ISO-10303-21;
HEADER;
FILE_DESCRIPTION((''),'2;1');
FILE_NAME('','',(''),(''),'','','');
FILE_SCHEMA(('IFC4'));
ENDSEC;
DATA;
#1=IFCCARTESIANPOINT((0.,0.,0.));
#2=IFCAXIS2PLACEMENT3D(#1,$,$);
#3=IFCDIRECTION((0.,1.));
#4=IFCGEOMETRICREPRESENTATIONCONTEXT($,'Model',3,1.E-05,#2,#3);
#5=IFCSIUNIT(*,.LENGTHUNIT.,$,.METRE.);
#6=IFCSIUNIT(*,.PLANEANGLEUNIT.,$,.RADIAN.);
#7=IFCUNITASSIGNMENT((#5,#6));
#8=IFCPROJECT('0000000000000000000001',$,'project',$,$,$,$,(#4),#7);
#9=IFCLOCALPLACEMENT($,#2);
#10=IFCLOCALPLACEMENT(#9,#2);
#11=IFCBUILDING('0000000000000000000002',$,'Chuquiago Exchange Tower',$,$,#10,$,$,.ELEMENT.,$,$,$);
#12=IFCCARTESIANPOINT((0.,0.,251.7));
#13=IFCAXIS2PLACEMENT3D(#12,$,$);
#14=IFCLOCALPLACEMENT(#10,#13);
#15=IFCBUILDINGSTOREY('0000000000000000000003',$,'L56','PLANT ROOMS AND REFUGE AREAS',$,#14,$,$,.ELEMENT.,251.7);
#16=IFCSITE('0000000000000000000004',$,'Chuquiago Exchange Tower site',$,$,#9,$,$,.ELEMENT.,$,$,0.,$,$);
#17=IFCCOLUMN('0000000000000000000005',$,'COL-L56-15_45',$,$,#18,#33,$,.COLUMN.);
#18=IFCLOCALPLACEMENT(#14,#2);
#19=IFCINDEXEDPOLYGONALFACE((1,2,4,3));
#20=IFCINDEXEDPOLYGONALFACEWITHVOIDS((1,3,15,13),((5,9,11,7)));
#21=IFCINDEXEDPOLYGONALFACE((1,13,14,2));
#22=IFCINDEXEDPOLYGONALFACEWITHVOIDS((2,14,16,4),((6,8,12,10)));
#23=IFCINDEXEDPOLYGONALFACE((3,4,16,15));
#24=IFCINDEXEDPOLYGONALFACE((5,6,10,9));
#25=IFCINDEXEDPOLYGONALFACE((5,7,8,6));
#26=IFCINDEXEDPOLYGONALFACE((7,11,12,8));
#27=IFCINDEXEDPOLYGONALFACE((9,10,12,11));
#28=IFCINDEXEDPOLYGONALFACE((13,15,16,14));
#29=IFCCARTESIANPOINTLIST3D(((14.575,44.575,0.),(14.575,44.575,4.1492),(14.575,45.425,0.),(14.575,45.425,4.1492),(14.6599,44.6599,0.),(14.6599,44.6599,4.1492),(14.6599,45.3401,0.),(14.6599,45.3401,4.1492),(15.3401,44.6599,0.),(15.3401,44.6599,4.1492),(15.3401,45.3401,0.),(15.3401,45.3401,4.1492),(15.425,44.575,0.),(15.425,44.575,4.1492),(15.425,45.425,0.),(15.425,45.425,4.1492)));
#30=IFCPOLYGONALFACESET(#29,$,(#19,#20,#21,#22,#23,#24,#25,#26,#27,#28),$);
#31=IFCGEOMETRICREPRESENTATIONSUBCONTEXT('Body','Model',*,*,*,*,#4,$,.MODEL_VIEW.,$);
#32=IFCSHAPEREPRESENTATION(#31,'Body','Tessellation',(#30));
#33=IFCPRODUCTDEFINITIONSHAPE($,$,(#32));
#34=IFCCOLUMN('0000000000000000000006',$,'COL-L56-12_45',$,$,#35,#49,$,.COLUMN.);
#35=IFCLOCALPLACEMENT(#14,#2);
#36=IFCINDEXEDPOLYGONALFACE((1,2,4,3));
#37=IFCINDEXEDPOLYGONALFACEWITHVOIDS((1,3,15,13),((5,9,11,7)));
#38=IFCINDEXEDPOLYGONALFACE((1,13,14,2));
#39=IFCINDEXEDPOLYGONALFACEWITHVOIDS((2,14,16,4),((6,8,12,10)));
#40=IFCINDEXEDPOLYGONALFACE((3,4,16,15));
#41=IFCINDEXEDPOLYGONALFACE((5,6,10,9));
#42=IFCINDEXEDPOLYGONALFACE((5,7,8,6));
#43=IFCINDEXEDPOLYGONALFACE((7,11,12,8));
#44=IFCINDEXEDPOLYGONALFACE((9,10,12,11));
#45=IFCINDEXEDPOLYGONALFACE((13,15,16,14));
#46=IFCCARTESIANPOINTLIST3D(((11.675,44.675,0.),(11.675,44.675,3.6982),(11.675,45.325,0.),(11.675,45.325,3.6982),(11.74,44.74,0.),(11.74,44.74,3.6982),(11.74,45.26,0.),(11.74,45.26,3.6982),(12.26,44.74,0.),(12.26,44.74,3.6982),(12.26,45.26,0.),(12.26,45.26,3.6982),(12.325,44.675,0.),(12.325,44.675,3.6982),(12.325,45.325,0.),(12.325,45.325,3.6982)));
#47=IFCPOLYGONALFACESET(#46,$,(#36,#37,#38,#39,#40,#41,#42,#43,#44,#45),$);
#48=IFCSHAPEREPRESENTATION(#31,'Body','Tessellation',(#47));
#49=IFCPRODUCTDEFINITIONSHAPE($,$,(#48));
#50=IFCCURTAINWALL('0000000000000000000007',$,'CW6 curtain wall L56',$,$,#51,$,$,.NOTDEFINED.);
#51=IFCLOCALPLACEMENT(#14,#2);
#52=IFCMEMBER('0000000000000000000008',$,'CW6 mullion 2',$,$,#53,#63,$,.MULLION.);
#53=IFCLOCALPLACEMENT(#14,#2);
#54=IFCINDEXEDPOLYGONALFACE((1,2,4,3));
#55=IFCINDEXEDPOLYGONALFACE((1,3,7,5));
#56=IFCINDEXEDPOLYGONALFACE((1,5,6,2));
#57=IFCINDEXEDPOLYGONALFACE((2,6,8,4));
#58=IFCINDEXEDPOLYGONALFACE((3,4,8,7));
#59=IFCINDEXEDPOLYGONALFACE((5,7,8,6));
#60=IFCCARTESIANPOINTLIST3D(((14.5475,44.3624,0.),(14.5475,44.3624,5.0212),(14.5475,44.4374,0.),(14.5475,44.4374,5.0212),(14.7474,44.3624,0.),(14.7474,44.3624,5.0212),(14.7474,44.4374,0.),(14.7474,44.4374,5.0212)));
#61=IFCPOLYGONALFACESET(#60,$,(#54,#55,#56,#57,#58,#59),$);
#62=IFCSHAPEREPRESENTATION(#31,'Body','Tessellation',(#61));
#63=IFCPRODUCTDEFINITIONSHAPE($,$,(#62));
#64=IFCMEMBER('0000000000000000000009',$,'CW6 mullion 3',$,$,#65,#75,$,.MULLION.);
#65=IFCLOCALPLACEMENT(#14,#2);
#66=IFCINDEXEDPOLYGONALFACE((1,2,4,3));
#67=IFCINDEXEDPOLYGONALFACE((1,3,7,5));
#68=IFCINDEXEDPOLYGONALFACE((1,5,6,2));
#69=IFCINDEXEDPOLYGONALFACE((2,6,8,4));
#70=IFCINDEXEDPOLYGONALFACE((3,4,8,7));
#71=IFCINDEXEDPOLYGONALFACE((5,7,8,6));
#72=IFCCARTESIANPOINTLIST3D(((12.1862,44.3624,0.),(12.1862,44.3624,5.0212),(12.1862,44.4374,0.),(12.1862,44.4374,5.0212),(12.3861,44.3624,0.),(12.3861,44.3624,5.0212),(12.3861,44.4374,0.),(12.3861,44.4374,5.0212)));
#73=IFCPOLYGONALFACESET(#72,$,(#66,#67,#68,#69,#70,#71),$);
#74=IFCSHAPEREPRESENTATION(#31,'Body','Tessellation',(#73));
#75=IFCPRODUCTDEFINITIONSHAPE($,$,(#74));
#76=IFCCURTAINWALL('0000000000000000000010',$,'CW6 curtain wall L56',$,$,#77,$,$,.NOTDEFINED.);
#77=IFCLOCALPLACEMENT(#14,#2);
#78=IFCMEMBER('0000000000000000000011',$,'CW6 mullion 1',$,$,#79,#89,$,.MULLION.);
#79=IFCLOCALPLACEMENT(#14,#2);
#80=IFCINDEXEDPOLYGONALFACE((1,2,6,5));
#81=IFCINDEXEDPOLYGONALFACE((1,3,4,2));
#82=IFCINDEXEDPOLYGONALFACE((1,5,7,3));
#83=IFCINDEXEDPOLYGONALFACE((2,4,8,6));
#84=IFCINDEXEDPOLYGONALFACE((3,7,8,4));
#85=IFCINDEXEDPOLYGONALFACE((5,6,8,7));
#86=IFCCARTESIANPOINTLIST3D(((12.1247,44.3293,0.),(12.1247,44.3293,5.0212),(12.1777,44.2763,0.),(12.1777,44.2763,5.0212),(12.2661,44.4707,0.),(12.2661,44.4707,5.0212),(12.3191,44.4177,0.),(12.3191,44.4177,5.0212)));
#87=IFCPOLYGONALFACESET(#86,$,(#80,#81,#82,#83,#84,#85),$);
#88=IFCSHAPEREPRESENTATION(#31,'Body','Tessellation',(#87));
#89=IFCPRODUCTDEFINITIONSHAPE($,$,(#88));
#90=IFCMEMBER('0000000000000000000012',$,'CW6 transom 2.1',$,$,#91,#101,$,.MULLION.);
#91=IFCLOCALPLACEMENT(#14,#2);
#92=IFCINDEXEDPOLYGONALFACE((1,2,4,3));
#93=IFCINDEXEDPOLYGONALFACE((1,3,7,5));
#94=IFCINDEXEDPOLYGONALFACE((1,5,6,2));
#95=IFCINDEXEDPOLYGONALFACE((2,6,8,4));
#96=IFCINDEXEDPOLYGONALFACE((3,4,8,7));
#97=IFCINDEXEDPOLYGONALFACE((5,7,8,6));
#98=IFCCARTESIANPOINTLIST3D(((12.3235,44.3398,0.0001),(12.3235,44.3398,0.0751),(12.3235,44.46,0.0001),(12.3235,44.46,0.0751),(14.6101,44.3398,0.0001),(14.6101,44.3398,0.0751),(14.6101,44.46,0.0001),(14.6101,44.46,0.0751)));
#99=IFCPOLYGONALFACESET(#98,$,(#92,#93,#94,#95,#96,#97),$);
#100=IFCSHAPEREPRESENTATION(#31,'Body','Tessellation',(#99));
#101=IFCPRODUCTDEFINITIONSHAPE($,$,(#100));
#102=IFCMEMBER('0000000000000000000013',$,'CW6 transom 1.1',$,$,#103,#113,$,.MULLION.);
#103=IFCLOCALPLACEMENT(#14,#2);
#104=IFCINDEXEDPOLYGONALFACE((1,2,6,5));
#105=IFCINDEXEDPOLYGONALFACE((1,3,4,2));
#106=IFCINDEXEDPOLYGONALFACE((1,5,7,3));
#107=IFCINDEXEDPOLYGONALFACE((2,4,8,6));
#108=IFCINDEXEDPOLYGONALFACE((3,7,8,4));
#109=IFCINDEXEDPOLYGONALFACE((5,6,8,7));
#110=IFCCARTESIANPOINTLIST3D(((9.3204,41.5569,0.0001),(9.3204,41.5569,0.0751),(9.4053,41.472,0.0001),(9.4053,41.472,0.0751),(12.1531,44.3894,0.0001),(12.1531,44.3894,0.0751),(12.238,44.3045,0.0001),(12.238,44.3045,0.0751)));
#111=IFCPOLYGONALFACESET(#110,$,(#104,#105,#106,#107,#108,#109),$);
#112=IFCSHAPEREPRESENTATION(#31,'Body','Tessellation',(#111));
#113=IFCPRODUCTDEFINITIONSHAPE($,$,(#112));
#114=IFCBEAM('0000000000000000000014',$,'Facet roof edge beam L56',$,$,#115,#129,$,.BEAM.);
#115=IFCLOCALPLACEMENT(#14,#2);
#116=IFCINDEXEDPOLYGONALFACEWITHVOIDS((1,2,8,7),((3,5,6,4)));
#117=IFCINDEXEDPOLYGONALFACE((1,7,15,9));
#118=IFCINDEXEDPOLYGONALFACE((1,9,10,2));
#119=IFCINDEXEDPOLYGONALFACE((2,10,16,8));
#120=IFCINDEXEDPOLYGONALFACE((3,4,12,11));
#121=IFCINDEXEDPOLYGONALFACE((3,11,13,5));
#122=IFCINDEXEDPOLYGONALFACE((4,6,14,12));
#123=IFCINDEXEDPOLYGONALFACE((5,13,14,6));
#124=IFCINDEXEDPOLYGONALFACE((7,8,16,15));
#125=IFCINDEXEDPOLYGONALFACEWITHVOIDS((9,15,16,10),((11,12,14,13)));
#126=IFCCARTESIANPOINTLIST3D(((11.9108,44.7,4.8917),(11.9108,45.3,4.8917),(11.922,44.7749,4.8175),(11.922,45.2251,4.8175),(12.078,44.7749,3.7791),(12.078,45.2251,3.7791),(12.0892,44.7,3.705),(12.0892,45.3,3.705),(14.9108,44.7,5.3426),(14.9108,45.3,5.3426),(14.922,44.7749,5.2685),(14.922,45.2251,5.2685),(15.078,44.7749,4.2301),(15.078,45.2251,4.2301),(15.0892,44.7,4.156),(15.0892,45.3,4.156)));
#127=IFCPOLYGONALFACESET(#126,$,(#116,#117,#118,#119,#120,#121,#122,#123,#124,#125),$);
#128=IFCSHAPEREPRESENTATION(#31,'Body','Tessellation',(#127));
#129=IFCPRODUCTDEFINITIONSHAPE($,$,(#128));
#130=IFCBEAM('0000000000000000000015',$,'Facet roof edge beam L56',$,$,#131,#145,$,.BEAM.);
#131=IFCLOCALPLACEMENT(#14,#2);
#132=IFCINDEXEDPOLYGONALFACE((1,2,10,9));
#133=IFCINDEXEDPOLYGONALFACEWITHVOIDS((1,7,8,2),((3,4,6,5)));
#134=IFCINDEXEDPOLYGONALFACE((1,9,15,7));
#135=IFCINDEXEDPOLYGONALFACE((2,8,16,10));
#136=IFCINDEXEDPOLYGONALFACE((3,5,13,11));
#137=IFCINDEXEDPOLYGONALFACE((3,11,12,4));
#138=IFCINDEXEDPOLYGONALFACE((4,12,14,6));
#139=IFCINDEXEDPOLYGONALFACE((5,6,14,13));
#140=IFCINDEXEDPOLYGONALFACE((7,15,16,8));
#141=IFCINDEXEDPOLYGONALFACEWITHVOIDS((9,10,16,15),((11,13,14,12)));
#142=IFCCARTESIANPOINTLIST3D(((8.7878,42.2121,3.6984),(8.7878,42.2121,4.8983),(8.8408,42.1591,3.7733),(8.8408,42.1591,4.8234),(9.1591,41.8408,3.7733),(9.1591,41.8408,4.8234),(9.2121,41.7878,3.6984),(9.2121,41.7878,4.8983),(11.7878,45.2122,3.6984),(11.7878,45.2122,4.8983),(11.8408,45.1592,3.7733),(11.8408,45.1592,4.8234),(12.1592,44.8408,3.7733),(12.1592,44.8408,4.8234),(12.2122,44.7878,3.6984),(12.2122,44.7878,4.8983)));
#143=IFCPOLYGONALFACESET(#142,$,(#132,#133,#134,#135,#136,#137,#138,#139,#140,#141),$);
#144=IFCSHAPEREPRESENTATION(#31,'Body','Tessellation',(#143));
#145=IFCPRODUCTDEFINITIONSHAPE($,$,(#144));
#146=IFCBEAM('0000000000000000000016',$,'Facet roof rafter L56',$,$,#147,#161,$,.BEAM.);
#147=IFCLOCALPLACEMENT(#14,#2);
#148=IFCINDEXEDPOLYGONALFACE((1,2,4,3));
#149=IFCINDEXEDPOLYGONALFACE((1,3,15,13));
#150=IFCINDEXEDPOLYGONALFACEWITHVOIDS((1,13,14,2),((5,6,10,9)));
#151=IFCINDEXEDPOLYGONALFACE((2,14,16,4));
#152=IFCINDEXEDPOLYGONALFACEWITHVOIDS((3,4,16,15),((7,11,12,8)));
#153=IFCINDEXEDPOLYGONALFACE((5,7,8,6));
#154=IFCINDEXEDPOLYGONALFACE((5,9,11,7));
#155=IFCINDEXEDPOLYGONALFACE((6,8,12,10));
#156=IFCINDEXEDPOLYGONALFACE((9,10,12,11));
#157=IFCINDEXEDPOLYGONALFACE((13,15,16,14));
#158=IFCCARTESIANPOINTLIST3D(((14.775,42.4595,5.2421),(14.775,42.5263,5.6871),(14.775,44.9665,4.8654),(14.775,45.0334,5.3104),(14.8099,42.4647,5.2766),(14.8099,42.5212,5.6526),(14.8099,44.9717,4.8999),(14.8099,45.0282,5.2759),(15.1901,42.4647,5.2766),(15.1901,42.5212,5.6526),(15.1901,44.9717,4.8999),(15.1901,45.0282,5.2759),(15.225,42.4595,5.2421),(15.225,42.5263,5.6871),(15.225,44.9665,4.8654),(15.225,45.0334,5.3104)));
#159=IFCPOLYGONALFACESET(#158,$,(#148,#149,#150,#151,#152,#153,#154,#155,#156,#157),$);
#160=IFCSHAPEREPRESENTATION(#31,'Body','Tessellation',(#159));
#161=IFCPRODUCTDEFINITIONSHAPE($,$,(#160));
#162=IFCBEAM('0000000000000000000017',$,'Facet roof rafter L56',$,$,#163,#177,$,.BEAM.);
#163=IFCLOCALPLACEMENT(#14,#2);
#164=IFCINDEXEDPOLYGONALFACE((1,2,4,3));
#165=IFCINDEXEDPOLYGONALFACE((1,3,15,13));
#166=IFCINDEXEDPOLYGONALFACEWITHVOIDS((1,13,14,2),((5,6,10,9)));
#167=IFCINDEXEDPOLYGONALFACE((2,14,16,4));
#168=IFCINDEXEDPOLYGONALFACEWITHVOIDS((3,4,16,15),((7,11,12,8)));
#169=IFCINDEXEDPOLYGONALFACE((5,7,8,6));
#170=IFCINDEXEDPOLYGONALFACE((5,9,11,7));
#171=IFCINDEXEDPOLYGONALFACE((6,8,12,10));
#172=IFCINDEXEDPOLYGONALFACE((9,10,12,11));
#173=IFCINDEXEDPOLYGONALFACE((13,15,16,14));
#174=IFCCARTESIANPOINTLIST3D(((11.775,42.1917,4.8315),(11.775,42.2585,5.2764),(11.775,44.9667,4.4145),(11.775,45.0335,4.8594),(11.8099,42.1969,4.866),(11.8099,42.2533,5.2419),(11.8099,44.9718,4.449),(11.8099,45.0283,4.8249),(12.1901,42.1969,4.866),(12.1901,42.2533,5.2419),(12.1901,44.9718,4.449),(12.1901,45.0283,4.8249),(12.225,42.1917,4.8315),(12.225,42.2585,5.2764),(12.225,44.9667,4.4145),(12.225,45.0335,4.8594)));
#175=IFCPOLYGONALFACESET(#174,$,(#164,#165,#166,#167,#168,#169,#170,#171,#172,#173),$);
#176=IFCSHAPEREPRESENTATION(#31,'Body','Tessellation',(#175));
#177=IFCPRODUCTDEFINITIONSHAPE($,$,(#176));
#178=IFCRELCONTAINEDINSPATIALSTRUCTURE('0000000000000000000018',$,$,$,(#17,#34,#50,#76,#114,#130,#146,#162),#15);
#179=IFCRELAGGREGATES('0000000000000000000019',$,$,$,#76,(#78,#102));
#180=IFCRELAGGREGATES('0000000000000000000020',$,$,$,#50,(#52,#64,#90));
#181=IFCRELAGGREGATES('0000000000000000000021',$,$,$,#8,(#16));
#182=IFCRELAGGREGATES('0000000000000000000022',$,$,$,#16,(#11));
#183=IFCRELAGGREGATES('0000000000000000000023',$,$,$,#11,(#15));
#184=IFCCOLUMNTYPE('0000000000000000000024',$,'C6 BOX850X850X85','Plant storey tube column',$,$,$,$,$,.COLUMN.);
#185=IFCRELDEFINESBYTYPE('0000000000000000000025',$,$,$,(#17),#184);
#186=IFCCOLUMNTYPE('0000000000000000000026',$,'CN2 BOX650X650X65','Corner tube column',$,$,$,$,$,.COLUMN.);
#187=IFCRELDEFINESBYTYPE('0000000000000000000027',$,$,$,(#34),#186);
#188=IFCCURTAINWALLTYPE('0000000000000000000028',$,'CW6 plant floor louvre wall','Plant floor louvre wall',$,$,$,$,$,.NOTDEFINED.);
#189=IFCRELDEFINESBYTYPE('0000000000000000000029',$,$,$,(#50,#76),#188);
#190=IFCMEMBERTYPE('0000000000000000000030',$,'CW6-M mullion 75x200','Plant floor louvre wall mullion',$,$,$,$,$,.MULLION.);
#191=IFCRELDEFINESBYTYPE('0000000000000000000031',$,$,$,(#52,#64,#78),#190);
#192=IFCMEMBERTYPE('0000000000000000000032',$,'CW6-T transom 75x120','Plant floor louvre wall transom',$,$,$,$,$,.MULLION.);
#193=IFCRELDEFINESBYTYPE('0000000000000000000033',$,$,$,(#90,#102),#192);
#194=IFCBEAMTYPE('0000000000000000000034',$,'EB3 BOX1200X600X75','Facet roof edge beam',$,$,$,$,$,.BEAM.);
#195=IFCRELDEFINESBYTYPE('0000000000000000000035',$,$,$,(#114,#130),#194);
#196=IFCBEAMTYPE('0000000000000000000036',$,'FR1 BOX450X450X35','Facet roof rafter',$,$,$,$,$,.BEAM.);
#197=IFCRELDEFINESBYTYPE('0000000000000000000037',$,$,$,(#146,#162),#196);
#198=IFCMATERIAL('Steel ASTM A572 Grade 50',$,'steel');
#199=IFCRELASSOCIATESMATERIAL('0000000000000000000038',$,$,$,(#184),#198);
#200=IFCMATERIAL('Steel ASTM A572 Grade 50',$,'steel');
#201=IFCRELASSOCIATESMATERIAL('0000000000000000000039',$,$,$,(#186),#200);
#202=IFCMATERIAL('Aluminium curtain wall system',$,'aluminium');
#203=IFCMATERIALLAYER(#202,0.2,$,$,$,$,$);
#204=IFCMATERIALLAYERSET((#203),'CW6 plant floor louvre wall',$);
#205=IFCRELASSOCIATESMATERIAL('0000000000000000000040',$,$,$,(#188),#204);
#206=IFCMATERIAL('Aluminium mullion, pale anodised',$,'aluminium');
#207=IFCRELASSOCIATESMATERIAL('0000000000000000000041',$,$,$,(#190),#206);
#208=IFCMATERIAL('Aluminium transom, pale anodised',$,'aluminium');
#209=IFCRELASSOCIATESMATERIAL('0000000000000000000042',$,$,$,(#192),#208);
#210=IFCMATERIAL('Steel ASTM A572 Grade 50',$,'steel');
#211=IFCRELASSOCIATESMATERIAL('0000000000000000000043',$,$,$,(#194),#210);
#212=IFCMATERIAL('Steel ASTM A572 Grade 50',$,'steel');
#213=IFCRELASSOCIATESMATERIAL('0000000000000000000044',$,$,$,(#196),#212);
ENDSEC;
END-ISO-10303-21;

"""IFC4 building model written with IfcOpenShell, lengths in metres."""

from ifc_helpers import new_model, si_unit, direction, frame, origin, origin_2d, place, context, subcontext, project, spatial, rectangle, hollow_rectangle, extrude, material, layer, layer_set, material_profile, profile_set, type_object, element, aggregate, save


model = new_model("IFC4")

# Units and contexts
model_context = context("Model", 3, precision=1e-05, world=origin(), true_north=direction((0.0, 1.0)))
body_context = subcontext(model_context, "Body", "Model", "MODEL_VIEW")
ifc_project = project(units=[si_unit("LENGTHUNIT", "METRE"), si_unit("PLANEANGLEUNIT", "RADIAN")], contexts=[model_context])

# Site, building, storey
site_placement = place(None, origin())
site = spatial("IfcSite", under=ifc_project, at=site_placement, Name="Chuquiago Exchange Tower site", CompositionType="ELEMENT", RefElevation=0.0)
building_placement = place(site_placement, origin())
building = spatial("IfcBuilding", under=site, at=building_placement, Name="Chuquiago Exchange Tower", CompositionType="ELEMENT")
storey_placement = place(building_placement, frame((0.0, 0.0, 251.7)))
storey = spatial("IfcBuildingStorey", under=building, at=storey_placement, Name="L56", Description="PLANT ROOMS AND REFUGE AREAS", CompositionType="ELEMENT", Elevation=251.7)

# Columns
ifc_material_1 = material(Name="Steel ASTM A572 Grade 50", Category="steel")
ifc_material_profile_1 = material_profile(ifc_material_1, hollow_rectangle(XDim=0.8501, YDim=0.8501, WallThickness=0.085, at=origin_2d()), Name="BOX850X850X85")
ifc_profile_set_1 = profile_set([ifc_material_profile_1], Name="Steel ASTM A572 Grade 50")
column_type_1 = type_object("IfcColumnType", Name="C6 BOX850X850X85", Description="Plant storey tube column", PredefinedType="COLUMN", material=ifc_profile_set_1)
column_1_placement = place(storey_placement, frame((15.0, 45.0, 0.0), z_axis=(0.0, 0.0, 1.0), x_axis=(0.0, 1.0, 0.0)))
element("IfcColumn", 1, at=column_1_placement, inside=storey, type_object=column_type_1, Name="COL-L56-15_45", PredefinedType="COLUMN", context=body_context, shape_type="SweptSolid", body=[
    extrude(hollow_rectangle(XDim=0.8501, YDim=0.8501, WallThickness=0.085, at=origin_2d()), origin(), (0.0, 0.0, 1.0), 4.1492),
])
ifc_material_2 = material(Name="Steel ASTM A572 Grade 50", Category="steel")
ifc_material_profile_2 = material_profile(ifc_material_2, hollow_rectangle(XDim=0.6499, YDim=0.6499, WallThickness=0.0649, at=origin_2d()), Name="BOX650X650X65")
ifc_profile_set_2 = profile_set([ifc_material_profile_2], Name="Steel ASTM A572 Grade 50")
column_type_2 = type_object("IfcColumnType", Name="CN2 BOX650X650X65", Description="Corner tube column", PredefinedType="COLUMN", material=ifc_profile_set_2)
column_2_placement = place(storey_placement, frame((12.0, 45.0, 0.0), z_axis=(0.0, 0.0, 1.0), x_axis=(0.0, 1.0, 0.0)))
element("IfcColumn", 2, at=column_2_placement, inside=storey, type_object=column_type_2, Name="COL-L56-12_45", PredefinedType="COLUMN", context=body_context, shape_type="SweptSolid", body=[
    extrude(hollow_rectangle(XDim=0.6499, YDim=0.6499, WallThickness=0.0649, at=origin_2d()), origin(), (0.0, 0.0, 1.0), 3.6982),
])

# Curtain wall, members
ifc_material_3 = material(Name="Aluminium curtain wall system", Category="aluminium")
ifc_layer_1 = layer(ifc_material_3, 0.2)
ifc_layer_set_1 = layer_set([ifc_layer_1], Name="CW6 plant floor louvre wall")
curtain_wall_type = type_object("IfcCurtainWallType", Name="CW6 plant floor louvre wall", Description="Plant floor louvre wall", PredefinedType="NOTDEFINED", material=ifc_layer_set_1)
curtain_wall_1_placement = place(storey_placement, origin())
curtain_wall_1 = element("IfcCurtainWall", 3, at=curtain_wall_1_placement, inside=storey, type_object=curtain_wall_type, Name="CW6 curtain wall L56", PredefinedType="NOTDEFINED")
ifc_material_4 = material(Name="Aluminium mullion, pale anodised", Category="aluminium")
ifc_material_profile_3 = material_profile(ifc_material_4, rectangle(XDim=0.075, YDim=0.2, at=origin_2d()), Name="AL 75x200")
ifc_profile_set_3 = profile_set([ifc_material_profile_3], Name="Aluminium mullion, pale anodised")
member_type_1 = type_object("IfcMemberType", Name="CW6-M mullion 75x200", Description="Plant floor louvre wall mullion", PredefinedType="MULLION", material=ifc_profile_set_3)
member_1_placement = place(storey_placement, frame((14.6475, 44.3999, 0.0), z_axis=(0.0, 0.0, 1.0), x_axis=(0.0, -1.0, 0.0)))
member_1 = element("IfcMember", 4, at=member_1_placement, type_object=member_type_1, Name="CW6 mullion 2", PredefinedType="MULLION", context=body_context, shape_type="SweptSolid", body=[
    extrude(rectangle(XDim=0.075, YDim=0.2, at=origin_2d()), origin(), (0.0, 0.0, 1.0), 5.0212),
])
member_2_placement = place(storey_placement, frame((12.2861, 44.3999, 0.0), z_axis=(0.0, 0.0, 1.0), x_axis=(0.0, -1.0, 0.0)))
member_2 = element("IfcMember", 5, at=member_2_placement, type_object=member_type_1, Name="CW6 mullion 3", PredefinedType="MULLION", context=body_context, shape_type="SweptSolid", body=[
    extrude(rectangle(XDim=0.075, YDim=0.2, at=origin_2d()), origin(), (0.0, 0.0, 1.0), 5.0212),
])

# Curtain wall, member
curtain_wall_2_placement = place(storey_placement, origin())
curtain_wall_2 = element("IfcCurtainWall", 6, at=curtain_wall_2_placement, inside=storey, type_object=curtain_wall_type, Name="CW6 curtain wall L56", PredefinedType="NOTDEFINED")
member_3_placement = place(storey_placement, frame((12.2219, 44.3735, 0.0), z_axis=(0.0, 0.0, 1.0), x_axis=(0.707107, -0.707107, 0.0)))
member_3 = element("IfcMember", 7, at=member_3_placement, type_object=member_type_1, Name="CW6 mullion 1", PredefinedType="MULLION", context=body_context, shape_type="SweptSolid", body=[
    extrude(rectangle(XDim=0.075, YDim=0.2, at=origin_2d()), origin(), (0.0, 0.0, 1.0), 5.0212),
])

# Members
ifc_material_5 = material(Name="Aluminium transom, pale anodised", Category="aluminium")
ifc_material_profile_4 = material_profile(ifc_material_5, rectangle(XDim=0.1201, YDim=0.075, at=origin_2d()), Name="AL 120x75")
ifc_profile_set_4 = profile_set([ifc_material_profile_4], Name="Aluminium transom, pale anodised")
member_type_2 = type_object("IfcMemberType", Name="CW6-T transom 75x120", Description="Plant floor louvre wall transom", PredefinedType="MULLION", material=ifc_profile_set_4)
member_4_placement = place(storey_placement, frame((14.6101, 44.3999, 0.0376), z_axis=(-1.0, 0.0, 0.0), x_axis=(0.0, -1.0, 0.0)))
member_4 = element("IfcMember", 8, at=member_4_placement, type_object=member_type_2, Name="CW6 transom 2.1", PredefinedType="MULLION", context=body_context, shape_type="SweptSolid", body=[
    extrude(rectangle(XDim=0.1201, YDim=0.075, at=origin_2d()), origin(), (0.0, 0.0, 1.0), 2.2866),
])
member_5_placement = place(storey_placement, frame((12.1956, 44.3469, 0.0376), z_axis=(-0.707137, -0.707076, 0.0), x_axis=(0.707076, -0.707137, 0.0)))
member_5 = element("IfcMember", 9, at=member_5_placement, type_object=member_type_2, Name="CW6 transom 1.1", PredefinedType="MULLION", context=body_context, shape_type="SweptSolid", body=[
    extrude(rectangle(XDim=0.1201, YDim=0.075, at=origin_2d()), origin(), (0.0, 0.0, 1.0), 4.0059),
])
aggregate(curtain_wall_2, [member_3, member_5])

# Beams
ifc_material_6 = material(Name="Steel ASTM A572 Grade 50", Category="steel")
ifc_material_profile_5 = material_profile(ifc_material_6, hollow_rectangle(XDim=0.6001, YDim=1.2, WallThickness=0.075, at=origin_2d()), Name="BOX1200X600X75")
ifc_profile_set_5 = profile_set([ifc_material_profile_5], Name="Steel ASTM A572 Grade 50")
beam_type_1 = type_object("IfcBeamType", Name="EB3 BOX1200X600X75", Description="Facet roof edge beam", PredefinedType="BEAM", material=ifc_profile_set_5)
beam_1_placement = place(storey_placement, frame((15.0, 45.0, 4.7493), z_axis=(-0.988891, 0.0, -0.14864), x_axis=(0.0, -1.0, 0.0)))
element("IfcBeam", 10, at=beam_1_placement, inside=storey, type_object=beam_type_1, Name="Facet roof edge beam L56", PredefinedType="BEAM", context=body_context, shape_type="SweptSolid", body=[
    extrude(hollow_rectangle(XDim=0.6001, YDim=1.2, WallThickness=0.075, at=origin_2d()), origin(), (0.0, 0.0, 1.0), 3.0337),
])
beam_2_placement = place(storey_placement, frame((12.0, 45.0, 4.2983), z_axis=(-0.707107, -0.707107, 0.0), x_axis=(0.707107, -0.707107, 0.0)))
element("IfcBeam", 11, at=beam_2_placement, inside=storey, type_object=beam_type_1, Name="Facet roof edge beam L56", PredefinedType="BEAM", context=body_context, shape_type="SweptSolid", body=[
    extrude(hollow_rectangle(XDim=0.6001, YDim=1.2, WallThickness=0.075, at=origin_2d()), origin(), (0.0, 0.0, 1.0), 4.2427),
])
ifc_material_7 = material(Name="Steel ASTM A572 Grade 50", Category="steel")
ifc_material_profile_6 = material_profile(ifc_material_7, hollow_rectangle(XDim=0.45, YDim=0.45, WallThickness=0.0349, at=origin_2d()), Name="BOX450X450X35")
ifc_profile_set_6 = profile_set([ifc_material_profile_6], Name="Steel ASTM A572 Grade 50")
beam_type_2 = type_object("IfcBeamType", Name="FR1 BOX450X450X35", Description="Facet roof rafter", PredefinedType="BEAM", material=ifc_profile_set_6)
beam_3_placement = place(storey_placement, frame((15.0, 42.4929, 5.4646), z_axis=(0.0, 0.988899, -0.14859), x_axis=(-1.0, 0.0, 0.0)))
element("IfcBeam", 12, at=beam_3_placement, inside=storey, type_object=beam_type_2, Name="Facet roof rafter L56", PredefinedType="BEAM", context=body_context, shape_type="SweptSolid", body=[
    extrude(hollow_rectangle(XDim=0.45, YDim=0.45, WallThickness=0.0349, at=origin_2d()), origin(), (0.0, 0.0, 1.0), 2.5352),
])
beam_4_placement = place(storey_placement, frame((12.0, 42.2251, 5.054), z_axis=(0.0, 0.988897, -0.148604), x_axis=(-1.0, 0.0, 0.0)))
element("IfcBeam", 13, at=beam_4_placement, inside=storey, type_object=beam_type_2, Name="Facet roof rafter L56", PredefinedType="BEAM", context=body_context, shape_type="SweptSolid", body=[
    extrude(hollow_rectangle(XDim=0.45, YDim=0.45, WallThickness=0.0349, at=origin_2d()), origin(), (0.0, 0.0, 1.0), 2.8062),
])

aggregate(curtain_wall_1, [member_1, member_2, member_4])

save(model, "model.ifc")
